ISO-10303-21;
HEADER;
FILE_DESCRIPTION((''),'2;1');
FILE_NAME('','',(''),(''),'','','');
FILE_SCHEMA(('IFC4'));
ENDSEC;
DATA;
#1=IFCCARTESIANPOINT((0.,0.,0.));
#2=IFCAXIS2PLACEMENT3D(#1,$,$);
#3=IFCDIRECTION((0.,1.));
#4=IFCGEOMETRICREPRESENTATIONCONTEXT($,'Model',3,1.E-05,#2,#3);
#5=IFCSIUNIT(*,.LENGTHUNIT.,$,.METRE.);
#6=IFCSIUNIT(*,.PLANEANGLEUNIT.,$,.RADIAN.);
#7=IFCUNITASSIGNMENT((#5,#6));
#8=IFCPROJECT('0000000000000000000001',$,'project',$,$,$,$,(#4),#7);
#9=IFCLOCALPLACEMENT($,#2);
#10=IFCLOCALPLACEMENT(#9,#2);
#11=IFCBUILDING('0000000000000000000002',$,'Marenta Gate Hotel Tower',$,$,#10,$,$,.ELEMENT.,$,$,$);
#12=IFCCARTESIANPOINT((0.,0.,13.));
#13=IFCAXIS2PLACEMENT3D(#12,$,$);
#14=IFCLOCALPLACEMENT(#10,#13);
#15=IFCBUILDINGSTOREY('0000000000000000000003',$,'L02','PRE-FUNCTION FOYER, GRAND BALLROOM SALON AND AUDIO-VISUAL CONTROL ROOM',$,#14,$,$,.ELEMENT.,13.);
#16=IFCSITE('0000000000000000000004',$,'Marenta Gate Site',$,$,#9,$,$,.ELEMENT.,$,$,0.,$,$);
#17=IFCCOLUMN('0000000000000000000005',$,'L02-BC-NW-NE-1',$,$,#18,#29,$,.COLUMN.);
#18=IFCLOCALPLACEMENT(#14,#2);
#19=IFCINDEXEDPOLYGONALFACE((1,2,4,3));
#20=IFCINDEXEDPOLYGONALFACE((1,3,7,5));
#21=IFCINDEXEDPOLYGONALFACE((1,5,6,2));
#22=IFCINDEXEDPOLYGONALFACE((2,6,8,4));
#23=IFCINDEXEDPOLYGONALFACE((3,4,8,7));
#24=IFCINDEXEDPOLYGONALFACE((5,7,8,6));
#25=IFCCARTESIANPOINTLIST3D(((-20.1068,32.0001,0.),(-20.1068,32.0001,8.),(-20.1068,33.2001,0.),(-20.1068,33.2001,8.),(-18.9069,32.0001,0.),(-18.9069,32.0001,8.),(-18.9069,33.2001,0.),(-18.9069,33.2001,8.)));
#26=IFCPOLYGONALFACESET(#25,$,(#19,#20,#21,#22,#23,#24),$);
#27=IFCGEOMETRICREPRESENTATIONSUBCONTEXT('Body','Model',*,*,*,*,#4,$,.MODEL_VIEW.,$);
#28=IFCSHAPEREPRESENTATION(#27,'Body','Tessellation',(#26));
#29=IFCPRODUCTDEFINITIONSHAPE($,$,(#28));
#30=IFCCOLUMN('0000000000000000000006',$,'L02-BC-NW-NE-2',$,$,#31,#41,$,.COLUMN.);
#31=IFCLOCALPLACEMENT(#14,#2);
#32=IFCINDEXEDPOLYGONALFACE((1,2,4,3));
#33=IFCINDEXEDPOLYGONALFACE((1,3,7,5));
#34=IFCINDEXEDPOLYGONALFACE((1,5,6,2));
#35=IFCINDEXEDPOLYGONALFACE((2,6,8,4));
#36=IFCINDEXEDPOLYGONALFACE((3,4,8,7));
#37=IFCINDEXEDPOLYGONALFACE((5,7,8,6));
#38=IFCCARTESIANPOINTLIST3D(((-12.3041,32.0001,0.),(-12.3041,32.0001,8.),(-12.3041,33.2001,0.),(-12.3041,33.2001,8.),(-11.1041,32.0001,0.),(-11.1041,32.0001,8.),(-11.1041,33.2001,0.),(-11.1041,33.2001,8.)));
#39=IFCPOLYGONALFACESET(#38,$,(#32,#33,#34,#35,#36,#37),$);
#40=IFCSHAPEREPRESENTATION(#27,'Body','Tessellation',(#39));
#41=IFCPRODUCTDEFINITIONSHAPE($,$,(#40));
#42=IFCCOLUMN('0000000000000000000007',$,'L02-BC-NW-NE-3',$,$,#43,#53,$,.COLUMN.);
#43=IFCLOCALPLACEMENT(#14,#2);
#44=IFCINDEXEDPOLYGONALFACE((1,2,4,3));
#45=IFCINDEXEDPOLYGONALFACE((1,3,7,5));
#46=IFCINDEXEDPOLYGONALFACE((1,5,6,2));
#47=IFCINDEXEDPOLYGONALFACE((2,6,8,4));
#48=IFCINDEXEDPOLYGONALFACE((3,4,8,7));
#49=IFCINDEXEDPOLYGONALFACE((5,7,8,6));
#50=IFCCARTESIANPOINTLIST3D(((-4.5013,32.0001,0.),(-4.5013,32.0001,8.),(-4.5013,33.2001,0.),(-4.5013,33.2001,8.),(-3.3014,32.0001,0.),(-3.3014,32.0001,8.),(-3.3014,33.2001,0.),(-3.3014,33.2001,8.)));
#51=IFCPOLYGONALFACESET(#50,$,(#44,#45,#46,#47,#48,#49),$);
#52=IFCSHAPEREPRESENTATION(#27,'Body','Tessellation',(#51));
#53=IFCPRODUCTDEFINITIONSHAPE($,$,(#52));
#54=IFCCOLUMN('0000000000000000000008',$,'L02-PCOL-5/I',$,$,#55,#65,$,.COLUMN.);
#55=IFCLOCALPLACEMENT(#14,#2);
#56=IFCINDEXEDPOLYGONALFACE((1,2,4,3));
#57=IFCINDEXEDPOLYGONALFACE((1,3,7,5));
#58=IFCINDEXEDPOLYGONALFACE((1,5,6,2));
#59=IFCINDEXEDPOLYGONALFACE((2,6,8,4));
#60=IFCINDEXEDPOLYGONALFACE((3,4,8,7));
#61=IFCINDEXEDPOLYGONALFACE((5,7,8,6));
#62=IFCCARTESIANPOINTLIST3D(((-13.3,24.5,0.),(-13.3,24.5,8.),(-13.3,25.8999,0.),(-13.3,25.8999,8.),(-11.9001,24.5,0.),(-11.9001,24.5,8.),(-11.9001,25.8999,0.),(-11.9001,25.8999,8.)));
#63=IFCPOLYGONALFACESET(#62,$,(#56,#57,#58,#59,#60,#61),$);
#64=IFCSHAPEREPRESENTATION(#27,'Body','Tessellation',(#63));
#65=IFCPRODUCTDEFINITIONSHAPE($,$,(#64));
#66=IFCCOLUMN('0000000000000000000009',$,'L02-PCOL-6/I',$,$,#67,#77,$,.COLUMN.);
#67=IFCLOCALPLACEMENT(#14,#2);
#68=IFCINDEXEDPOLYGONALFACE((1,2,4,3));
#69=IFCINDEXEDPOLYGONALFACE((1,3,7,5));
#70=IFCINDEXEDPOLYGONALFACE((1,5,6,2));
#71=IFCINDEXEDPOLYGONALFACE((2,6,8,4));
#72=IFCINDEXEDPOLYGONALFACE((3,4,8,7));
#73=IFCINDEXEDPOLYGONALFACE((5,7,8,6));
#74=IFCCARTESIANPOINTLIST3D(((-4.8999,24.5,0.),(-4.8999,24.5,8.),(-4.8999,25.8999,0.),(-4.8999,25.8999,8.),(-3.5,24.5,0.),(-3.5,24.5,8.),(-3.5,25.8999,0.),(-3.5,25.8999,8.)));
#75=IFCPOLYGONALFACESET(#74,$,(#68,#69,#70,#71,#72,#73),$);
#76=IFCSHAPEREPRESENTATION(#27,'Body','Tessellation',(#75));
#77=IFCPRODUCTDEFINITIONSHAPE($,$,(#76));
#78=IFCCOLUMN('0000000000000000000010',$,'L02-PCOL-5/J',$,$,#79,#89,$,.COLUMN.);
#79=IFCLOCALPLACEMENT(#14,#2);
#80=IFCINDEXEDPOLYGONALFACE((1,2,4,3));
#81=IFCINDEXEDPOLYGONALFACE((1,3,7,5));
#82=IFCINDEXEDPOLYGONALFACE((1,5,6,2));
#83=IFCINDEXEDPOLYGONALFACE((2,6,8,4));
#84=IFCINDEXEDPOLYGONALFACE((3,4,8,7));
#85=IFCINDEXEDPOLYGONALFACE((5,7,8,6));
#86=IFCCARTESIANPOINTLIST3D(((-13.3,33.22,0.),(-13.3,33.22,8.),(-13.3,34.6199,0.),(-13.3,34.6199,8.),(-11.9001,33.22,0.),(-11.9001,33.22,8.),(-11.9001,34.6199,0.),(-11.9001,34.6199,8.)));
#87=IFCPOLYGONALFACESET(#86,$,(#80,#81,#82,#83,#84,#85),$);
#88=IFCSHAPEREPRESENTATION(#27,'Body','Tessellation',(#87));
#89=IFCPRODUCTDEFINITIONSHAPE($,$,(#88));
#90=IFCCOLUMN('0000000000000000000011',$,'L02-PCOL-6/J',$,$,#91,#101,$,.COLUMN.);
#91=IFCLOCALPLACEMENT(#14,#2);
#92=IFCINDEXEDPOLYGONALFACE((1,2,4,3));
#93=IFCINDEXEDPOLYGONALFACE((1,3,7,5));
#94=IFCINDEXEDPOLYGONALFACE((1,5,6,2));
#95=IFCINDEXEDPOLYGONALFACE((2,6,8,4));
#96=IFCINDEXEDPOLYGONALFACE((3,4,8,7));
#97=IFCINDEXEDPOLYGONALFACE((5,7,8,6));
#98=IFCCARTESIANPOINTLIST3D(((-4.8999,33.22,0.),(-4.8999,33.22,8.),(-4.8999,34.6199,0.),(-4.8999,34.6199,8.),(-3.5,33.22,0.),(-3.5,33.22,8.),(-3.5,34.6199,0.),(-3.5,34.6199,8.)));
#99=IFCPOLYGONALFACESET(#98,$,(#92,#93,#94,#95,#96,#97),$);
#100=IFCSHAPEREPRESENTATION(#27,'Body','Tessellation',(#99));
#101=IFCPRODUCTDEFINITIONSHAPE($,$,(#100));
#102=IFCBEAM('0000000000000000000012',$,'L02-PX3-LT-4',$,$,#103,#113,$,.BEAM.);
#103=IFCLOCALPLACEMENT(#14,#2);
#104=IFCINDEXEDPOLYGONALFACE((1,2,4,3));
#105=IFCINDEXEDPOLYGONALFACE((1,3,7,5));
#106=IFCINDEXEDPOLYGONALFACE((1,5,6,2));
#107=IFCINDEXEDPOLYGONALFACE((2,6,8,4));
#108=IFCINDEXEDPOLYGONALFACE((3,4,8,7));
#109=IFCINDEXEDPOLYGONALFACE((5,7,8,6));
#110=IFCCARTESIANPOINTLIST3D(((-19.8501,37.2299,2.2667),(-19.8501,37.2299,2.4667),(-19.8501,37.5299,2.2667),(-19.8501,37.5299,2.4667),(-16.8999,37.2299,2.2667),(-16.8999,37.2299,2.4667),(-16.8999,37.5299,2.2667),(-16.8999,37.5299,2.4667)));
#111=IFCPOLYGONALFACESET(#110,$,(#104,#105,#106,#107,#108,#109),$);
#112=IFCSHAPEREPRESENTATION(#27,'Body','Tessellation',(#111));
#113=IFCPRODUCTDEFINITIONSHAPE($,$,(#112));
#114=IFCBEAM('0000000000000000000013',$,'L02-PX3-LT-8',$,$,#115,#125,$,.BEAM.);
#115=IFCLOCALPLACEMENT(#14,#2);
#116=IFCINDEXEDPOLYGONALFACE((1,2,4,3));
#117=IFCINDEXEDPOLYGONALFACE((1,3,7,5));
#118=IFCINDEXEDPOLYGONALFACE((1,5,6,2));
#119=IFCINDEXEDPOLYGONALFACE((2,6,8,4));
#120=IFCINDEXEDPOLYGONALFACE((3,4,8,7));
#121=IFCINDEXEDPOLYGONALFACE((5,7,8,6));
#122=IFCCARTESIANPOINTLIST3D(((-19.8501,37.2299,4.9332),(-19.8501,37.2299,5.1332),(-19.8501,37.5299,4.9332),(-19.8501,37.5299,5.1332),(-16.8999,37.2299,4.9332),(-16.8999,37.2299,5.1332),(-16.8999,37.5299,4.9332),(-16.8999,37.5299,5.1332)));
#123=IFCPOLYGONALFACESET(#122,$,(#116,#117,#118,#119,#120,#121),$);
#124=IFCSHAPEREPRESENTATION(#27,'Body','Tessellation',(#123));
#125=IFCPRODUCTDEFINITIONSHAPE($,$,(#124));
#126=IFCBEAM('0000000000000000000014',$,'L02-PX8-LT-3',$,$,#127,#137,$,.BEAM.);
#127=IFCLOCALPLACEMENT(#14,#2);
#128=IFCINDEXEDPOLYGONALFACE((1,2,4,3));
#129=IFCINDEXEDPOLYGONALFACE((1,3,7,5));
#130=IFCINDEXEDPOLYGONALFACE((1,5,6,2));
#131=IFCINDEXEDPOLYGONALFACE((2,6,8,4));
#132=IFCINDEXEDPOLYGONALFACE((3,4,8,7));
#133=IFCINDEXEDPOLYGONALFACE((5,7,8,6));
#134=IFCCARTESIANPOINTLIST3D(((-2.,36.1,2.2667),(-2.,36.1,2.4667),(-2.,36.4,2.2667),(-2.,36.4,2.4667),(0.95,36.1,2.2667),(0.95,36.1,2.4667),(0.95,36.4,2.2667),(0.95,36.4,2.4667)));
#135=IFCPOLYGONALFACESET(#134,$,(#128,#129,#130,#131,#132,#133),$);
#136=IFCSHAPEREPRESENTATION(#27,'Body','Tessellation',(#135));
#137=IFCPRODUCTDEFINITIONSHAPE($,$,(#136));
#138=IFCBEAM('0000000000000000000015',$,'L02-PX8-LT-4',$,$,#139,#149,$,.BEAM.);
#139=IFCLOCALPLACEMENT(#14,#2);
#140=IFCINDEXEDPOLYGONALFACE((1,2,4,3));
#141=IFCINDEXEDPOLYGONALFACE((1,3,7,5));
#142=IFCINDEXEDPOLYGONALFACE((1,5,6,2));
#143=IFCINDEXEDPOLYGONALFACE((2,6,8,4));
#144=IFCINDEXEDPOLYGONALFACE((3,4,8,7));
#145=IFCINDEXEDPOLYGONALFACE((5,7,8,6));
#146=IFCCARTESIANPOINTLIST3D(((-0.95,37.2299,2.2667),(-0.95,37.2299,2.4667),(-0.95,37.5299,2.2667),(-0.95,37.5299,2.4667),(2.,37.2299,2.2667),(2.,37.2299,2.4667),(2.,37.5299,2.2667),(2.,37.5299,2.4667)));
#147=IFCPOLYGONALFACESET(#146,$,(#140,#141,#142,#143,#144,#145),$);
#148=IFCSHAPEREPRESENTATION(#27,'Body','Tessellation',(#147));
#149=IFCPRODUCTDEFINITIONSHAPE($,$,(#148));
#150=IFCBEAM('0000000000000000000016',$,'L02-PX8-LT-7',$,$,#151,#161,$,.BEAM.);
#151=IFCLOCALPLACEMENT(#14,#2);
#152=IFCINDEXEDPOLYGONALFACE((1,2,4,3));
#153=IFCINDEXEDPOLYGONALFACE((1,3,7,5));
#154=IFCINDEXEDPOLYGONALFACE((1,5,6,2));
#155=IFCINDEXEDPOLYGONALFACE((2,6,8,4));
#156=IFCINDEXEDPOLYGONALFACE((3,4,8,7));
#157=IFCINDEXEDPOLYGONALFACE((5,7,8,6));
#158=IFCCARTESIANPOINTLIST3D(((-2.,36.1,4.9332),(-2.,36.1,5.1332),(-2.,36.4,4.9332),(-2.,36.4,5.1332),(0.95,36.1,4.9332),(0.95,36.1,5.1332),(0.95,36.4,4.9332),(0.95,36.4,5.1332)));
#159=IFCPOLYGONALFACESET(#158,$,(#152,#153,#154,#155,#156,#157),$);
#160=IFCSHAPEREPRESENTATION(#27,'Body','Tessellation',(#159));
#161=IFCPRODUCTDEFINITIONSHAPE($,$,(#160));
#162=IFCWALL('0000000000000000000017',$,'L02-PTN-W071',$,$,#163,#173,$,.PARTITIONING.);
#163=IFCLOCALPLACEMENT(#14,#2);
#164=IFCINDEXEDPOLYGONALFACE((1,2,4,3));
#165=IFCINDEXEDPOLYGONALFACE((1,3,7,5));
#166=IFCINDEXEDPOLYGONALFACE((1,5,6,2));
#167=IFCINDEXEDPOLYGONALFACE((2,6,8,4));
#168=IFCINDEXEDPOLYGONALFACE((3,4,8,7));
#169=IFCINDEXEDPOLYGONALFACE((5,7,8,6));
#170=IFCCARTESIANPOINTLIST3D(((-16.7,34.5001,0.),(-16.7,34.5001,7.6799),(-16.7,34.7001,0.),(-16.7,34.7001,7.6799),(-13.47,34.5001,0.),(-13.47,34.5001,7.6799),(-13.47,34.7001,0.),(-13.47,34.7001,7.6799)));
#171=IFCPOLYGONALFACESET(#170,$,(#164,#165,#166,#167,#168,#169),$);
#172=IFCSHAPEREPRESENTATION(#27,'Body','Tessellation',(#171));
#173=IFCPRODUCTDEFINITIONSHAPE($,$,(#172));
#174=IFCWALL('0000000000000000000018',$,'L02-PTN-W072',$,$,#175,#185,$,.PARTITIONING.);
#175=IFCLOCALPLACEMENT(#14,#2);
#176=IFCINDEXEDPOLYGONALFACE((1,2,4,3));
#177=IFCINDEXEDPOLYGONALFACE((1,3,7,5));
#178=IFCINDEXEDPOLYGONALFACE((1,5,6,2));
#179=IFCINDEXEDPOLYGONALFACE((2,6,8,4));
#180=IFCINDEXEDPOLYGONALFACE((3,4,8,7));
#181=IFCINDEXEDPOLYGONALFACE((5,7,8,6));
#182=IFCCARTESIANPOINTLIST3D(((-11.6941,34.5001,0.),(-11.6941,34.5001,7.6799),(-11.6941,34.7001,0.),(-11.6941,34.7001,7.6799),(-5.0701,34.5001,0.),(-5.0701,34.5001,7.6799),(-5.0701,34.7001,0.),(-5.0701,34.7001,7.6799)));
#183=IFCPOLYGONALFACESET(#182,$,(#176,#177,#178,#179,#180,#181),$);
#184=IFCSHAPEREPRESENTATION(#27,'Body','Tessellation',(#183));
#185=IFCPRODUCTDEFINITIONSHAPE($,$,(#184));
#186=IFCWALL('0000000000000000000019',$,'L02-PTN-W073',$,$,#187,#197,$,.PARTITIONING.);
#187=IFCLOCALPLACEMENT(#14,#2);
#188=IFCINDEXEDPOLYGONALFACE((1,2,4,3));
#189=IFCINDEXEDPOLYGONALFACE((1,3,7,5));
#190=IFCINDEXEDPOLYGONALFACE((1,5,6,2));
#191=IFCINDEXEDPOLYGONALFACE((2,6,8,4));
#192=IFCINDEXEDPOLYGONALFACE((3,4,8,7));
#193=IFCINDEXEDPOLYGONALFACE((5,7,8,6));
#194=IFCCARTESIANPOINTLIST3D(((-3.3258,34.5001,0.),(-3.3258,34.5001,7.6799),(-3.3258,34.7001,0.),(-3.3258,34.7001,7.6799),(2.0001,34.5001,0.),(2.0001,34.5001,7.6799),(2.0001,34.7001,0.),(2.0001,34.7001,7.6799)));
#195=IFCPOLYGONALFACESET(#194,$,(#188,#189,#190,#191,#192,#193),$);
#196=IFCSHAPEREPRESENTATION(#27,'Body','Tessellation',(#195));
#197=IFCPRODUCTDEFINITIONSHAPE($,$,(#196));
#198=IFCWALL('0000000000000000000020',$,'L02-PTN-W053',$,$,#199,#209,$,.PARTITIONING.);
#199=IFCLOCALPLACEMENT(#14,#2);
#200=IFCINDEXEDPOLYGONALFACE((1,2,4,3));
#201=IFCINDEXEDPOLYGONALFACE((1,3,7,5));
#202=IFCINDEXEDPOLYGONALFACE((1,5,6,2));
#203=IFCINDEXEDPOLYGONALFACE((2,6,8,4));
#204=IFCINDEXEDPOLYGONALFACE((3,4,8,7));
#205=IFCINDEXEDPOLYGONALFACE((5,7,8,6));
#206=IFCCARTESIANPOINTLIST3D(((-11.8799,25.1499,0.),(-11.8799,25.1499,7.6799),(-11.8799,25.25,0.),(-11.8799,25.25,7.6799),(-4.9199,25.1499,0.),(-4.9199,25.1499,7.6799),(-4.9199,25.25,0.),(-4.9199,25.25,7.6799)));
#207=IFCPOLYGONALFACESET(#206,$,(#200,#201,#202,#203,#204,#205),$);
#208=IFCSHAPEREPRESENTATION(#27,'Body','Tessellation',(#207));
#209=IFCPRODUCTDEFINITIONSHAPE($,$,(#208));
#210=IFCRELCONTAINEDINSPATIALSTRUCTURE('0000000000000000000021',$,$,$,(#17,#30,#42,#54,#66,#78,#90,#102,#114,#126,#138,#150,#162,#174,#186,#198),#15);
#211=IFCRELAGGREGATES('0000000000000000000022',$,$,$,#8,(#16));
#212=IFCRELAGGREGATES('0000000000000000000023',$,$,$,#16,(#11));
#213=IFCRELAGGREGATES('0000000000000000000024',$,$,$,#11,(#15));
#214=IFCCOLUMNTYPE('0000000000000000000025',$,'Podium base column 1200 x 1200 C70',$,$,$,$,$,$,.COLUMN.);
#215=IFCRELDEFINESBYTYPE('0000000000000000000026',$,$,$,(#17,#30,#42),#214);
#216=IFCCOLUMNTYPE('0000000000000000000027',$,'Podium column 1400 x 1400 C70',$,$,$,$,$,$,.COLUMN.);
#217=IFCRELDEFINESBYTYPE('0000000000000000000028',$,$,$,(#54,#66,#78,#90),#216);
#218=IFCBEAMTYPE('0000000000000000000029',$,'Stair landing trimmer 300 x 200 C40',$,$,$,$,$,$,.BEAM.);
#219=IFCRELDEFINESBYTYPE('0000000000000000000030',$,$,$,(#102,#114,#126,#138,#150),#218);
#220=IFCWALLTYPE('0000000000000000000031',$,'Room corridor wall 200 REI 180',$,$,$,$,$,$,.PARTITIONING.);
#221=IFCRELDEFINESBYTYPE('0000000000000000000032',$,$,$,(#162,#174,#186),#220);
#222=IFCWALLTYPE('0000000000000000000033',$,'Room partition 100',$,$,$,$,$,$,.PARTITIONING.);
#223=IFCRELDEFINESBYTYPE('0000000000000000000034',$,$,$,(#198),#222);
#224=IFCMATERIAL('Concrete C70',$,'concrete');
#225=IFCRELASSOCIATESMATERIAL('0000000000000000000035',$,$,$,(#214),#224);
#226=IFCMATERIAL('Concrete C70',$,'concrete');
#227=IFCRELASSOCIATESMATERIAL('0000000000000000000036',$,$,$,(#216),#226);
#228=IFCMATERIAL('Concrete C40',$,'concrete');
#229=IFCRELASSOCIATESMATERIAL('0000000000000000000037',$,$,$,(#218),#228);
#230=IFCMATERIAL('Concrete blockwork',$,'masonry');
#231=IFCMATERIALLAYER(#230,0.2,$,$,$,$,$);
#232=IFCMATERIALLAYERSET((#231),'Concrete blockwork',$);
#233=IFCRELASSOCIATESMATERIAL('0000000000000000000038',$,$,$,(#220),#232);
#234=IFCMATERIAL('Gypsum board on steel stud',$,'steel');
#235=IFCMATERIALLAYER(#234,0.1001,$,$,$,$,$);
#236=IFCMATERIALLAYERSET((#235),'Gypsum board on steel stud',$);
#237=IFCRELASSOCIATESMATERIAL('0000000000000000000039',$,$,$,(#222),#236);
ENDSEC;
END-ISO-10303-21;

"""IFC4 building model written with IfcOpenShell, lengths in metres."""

from ifc_helpers import new_model, si_unit, direction, frame, frame_2d, origin, origin_2d, place, context, subcontext, project, spatial, rectangle, extrude, material, layer, layer_set, material_profile, profile_set, type_object, element, save


model = new_model("IFC4")

# Units and contexts
model_context = context("Model", 3, precision=1e-05, world=origin(), true_north=direction((0.0, 1.0)))
body_context = subcontext(model_context, "Body", "Model", "MODEL_VIEW")
ifc_project = project(units=[si_unit("LENGTHUNIT", "METRE"), si_unit("PLANEANGLEUNIT", "RADIAN")], contexts=[model_context])

# Site, building, storey
site_placement = place(None, origin())
site = spatial("IfcSite", under=ifc_project, at=site_placement, Name="Marenta Gate Site", CompositionType="ELEMENT", RefElevation=0.0)
building_placement = place(site_placement, origin())
building = spatial("IfcBuilding", under=site, at=building_placement, Name="Marenta Gate Hotel Tower", CompositionType="ELEMENT")
storey_placement = place(building_placement, frame((0.0, 0.0, 13.0)))
storey = spatial("IfcBuildingStorey", under=building, at=storey_placement, Name="L02", Description="PRE-FUNCTION FOYER, GRAND BALLROOM SALON AND AUDIO-VISUAL CONTROL ROOM", CompositionType="ELEMENT", Elevation=13.0)

# Columns
ifc_material_1 = material(Name="Concrete C70", Category="concrete")
ifc_material_profile_1 = material_profile(ifc_material_1, rectangle(XDim=1.2, YDim=1.2, at=origin_2d()), Name="1200 x 1200")
ifc_profile_set_1 = profile_set([ifc_material_profile_1], Name="Concrete C70")
column_type_1 = type_object("IfcColumnType", Name="Podium base column 1200 x 1200 C70", PredefinedType="COLUMN", material=ifc_profile_set_1)
for number, where, z_axis, x_axis, name in (
    (1, (-19.5068, 32.6001, 0.0), (0.0, 0.0, 1.0), (1.0, 0.0, 0.0), "L02-BC-NW-NE-1"),
    (2, (-11.7041, 32.6001, 0.0), (0.0, 0.0, 1.0), (1.0, 0.0, 0.0), "L02-BC-NW-NE-2"),
    (3, (-3.9014, 32.6001, 0.0), (0.0, 0.0, 1.0), (1.0, 0.0, 0.0), "L02-BC-NW-NE-3"),
):
    element("IfcColumn", number, at=place(storey_placement, frame(where, z_axis=z_axis, x_axis=x_axis)), inside=storey, type_object=column_type_1, Name=name, PredefinedType="COLUMN", context=body_context, shape_type="SweptSolid", body=[
        extrude(rectangle(XDim=1.2, YDim=1.2, at=origin_2d()), origin(), (0.0, 0.0, 1.0), 8.0),
    ])
ifc_material_2 = material(Name="Concrete C70", Category="concrete")
ifc_material_profile_2 = material_profile(ifc_material_2, rectangle(XDim=1.3999, YDim=1.3999, at=origin_2d()), Name="1400 x 1400")
ifc_profile_set_2 = profile_set([ifc_material_profile_2], Name="Concrete C70")
column_type_2 = type_object("IfcColumnType", Name="Podium column 1400 x 1400 C70", PredefinedType="COLUMN", material=ifc_profile_set_2)
for number, where, z_axis, x_axis, name in (
    (4, (-12.6001, 25.2, 0.0), (0.0, 0.0, 1.0), (1.0, 0.0, 0.0), "L02-PCOL-5/I"),
    (5, (-4.2, 25.2, 0.0), (0.0, 0.0, 1.0), (1.0, 0.0, 0.0), "L02-PCOL-6/I"),
    (6, (-12.6001, 33.9199, 0.0), (0.0, 0.0, 1.0), (1.0, 0.0, 0.0), "L02-PCOL-5/J"),
    (7, (-4.2, 33.9199, 0.0), (0.0, 0.0, 1.0), (1.0, 0.0, 0.0), "L02-PCOL-6/J"),
):
    element("IfcColumn", number, at=place(storey_placement, frame(where, z_axis=z_axis, x_axis=x_axis)), inside=storey, type_object=column_type_2, Name=name, PredefinedType="COLUMN", context=body_context, shape_type="SweptSolid", body=[
        extrude(rectangle(XDim=1.3999, YDim=1.3999, at=origin_2d()), origin(), (0.0, 0.0, 1.0), 8.0),
    ])

# Beams
ifc_material_3 = material(Name="Concrete C40", Category="concrete")
ifc_material_profile_3 = material_profile(ifc_material_3, rectangle(XDim=0.3, YDim=0.2, at=origin_2d()), Name="300 x 200")
ifc_profile_set_3 = profile_set([ifc_material_profile_3], Name="Concrete C40")
beam_type = type_object("IfcBeamType", Name="Stair landing trimmer 300 x 200 C40", PredefinedType="BEAM", material=ifc_profile_set_3)
for number, where, z_axis, x_axis, name in (
    (8, (-19.8501, 37.3799, 2.3667), (1.0, 0.0, 0.0), (0.0, 1.0, 0.0), "L02-PX3-LT-4"),
    (9, (-19.8501, 37.3799, 5.0332), (1.0, 0.0, 0.0), (0.0, 1.0, 0.0), "L02-PX3-LT-8"),
):
    element("IfcBeam", number, at=place(storey_placement, frame(where, z_axis=z_axis, x_axis=x_axis)), inside=storey, type_object=beam_type, Name=name, PredefinedType="BEAM", context=body_context, shape_type="SweptSolid", body=[
        extrude(rectangle(XDim=0.3, YDim=0.2, at=origin_2d()), origin(), (0.0, 0.0, 1.0), 2.9502),
    ])
for number, where, z_axis, x_axis, name in (
    (10, (-2.0, 36.25, 2.3667), (1.0, 0.0, 0.0), (0.0, 1.0, 0.0), "L02-PX8-LT-3"),
    (11, (-0.95, 37.3799, 2.3667), (1.0, 0.0, 0.0), (0.0, 1.0, 0.0), "L02-PX8-LT-4"),
    (12, (-2.0, 36.25, 5.0332), (1.0, 0.0, 0.0), (0.0, 1.0, 0.0), "L02-PX8-LT-7"),
):
    element("IfcBeam", number, at=place(storey_placement, frame(where, z_axis=z_axis, x_axis=x_axis)), inside=storey, type_object=beam_type, Name=name, PredefinedType="BEAM", context=body_context, shape_type="SweptSolid", body=[
        extrude(rectangle(XDim=0.3, YDim=0.2, at=origin_2d()), origin(), (0.0, 0.0, 1.0), 2.95),
    ])

# Walls
ifc_material_4 = material(Name="Concrete blockwork", Category="masonry")
ifc_layer_1 = layer(ifc_material_4, 0.2)
ifc_layer_set_1 = layer_set([ifc_layer_1], Name="Concrete blockwork")
wall_type_1 = type_object("IfcWallType", Name="Room corridor wall 200 REI 180", PredefinedType="PARTITIONING", material=ifc_layer_set_1)
wall_1_placement = place(storey_placement, frame((-16.7, 34.6001, 0.0), z_axis=(0.0, 0.0, 1.0), x_axis=(1.0, 0.0, 0.0)))
element("IfcWall", 13, at=wall_1_placement, inside=storey, type_object=wall_type_1, Name="L02-PTN-W071", PredefinedType="PARTITIONING", context=body_context, shape_type="SweptSolid", body=[
    extrude(rectangle(XDim=3.23, YDim=0.2, at=frame_2d((1.615, 0.0))), origin(), (0.0, 0.0, 1.0), 7.6799),
])
wall_2_placement = place(storey_placement, frame((-11.6941, 34.6001, 0.0), z_axis=(0.0, 0.0, 1.0), x_axis=(1.0, 0.0, 0.0)))
element("IfcWall", 14, at=wall_2_placement, inside=storey, type_object=wall_type_1, Name="L02-PTN-W072", PredefinedType="PARTITIONING", context=body_context, shape_type="SweptSolid", body=[
    extrude(rectangle(XDim=6.624, YDim=0.2, at=frame_2d((3.312, 0.0))), origin(), (0.0, 0.0, 1.0), 7.6799),
])
wall_3_placement = place(storey_placement, frame((-3.3259, 34.6001, 0.0), z_axis=(0.0, 0.0, 1.0), x_axis=(1.0, 0.0, 0.0)))
element("IfcWall", 15, at=wall_3_placement, inside=storey, type_object=wall_type_1, Name="L02-PTN-W073", PredefinedType="PARTITIONING", context=body_context, shape_type="SweptSolid", body=[
    extrude(rectangle(XDim=5.3259, YDim=0.2, at=frame_2d((2.6631, 0.0))), origin(), (0.0, 0.0, 1.0), 7.6799),
])
ifc_material_5 = material(Name="Gypsum board on steel stud", Category="steel")
ifc_layer_2 = layer(ifc_material_5, 0.1001)
ifc_layer_set_2 = layer_set([ifc_layer_2], Name="Gypsum board on steel stud")
wall_type_2 = type_object("IfcWallType", Name="Room partition 100", PredefinedType="PARTITIONING", material=ifc_layer_set_2)
wall_4_placement = place(storey_placement, frame((-11.8799, 25.2, 0.0), z_axis=(0.0, 0.0, 1.0), x_axis=(1.0, 0.0, 0.0)))
element("IfcWall", 16, at=wall_4_placement, inside=storey, type_object=wall_type_2, Name="L02-PTN-W053", PredefinedType="PARTITIONING", context=body_context, shape_type="SweptSolid", body=[
    extrude(rectangle(XDim=6.96, YDim=0.1001, at=frame_2d((3.48, 0.0))), origin(), (0.0, 0.0, 1.0), 7.6799),
])

save(model, "model.ifc")
